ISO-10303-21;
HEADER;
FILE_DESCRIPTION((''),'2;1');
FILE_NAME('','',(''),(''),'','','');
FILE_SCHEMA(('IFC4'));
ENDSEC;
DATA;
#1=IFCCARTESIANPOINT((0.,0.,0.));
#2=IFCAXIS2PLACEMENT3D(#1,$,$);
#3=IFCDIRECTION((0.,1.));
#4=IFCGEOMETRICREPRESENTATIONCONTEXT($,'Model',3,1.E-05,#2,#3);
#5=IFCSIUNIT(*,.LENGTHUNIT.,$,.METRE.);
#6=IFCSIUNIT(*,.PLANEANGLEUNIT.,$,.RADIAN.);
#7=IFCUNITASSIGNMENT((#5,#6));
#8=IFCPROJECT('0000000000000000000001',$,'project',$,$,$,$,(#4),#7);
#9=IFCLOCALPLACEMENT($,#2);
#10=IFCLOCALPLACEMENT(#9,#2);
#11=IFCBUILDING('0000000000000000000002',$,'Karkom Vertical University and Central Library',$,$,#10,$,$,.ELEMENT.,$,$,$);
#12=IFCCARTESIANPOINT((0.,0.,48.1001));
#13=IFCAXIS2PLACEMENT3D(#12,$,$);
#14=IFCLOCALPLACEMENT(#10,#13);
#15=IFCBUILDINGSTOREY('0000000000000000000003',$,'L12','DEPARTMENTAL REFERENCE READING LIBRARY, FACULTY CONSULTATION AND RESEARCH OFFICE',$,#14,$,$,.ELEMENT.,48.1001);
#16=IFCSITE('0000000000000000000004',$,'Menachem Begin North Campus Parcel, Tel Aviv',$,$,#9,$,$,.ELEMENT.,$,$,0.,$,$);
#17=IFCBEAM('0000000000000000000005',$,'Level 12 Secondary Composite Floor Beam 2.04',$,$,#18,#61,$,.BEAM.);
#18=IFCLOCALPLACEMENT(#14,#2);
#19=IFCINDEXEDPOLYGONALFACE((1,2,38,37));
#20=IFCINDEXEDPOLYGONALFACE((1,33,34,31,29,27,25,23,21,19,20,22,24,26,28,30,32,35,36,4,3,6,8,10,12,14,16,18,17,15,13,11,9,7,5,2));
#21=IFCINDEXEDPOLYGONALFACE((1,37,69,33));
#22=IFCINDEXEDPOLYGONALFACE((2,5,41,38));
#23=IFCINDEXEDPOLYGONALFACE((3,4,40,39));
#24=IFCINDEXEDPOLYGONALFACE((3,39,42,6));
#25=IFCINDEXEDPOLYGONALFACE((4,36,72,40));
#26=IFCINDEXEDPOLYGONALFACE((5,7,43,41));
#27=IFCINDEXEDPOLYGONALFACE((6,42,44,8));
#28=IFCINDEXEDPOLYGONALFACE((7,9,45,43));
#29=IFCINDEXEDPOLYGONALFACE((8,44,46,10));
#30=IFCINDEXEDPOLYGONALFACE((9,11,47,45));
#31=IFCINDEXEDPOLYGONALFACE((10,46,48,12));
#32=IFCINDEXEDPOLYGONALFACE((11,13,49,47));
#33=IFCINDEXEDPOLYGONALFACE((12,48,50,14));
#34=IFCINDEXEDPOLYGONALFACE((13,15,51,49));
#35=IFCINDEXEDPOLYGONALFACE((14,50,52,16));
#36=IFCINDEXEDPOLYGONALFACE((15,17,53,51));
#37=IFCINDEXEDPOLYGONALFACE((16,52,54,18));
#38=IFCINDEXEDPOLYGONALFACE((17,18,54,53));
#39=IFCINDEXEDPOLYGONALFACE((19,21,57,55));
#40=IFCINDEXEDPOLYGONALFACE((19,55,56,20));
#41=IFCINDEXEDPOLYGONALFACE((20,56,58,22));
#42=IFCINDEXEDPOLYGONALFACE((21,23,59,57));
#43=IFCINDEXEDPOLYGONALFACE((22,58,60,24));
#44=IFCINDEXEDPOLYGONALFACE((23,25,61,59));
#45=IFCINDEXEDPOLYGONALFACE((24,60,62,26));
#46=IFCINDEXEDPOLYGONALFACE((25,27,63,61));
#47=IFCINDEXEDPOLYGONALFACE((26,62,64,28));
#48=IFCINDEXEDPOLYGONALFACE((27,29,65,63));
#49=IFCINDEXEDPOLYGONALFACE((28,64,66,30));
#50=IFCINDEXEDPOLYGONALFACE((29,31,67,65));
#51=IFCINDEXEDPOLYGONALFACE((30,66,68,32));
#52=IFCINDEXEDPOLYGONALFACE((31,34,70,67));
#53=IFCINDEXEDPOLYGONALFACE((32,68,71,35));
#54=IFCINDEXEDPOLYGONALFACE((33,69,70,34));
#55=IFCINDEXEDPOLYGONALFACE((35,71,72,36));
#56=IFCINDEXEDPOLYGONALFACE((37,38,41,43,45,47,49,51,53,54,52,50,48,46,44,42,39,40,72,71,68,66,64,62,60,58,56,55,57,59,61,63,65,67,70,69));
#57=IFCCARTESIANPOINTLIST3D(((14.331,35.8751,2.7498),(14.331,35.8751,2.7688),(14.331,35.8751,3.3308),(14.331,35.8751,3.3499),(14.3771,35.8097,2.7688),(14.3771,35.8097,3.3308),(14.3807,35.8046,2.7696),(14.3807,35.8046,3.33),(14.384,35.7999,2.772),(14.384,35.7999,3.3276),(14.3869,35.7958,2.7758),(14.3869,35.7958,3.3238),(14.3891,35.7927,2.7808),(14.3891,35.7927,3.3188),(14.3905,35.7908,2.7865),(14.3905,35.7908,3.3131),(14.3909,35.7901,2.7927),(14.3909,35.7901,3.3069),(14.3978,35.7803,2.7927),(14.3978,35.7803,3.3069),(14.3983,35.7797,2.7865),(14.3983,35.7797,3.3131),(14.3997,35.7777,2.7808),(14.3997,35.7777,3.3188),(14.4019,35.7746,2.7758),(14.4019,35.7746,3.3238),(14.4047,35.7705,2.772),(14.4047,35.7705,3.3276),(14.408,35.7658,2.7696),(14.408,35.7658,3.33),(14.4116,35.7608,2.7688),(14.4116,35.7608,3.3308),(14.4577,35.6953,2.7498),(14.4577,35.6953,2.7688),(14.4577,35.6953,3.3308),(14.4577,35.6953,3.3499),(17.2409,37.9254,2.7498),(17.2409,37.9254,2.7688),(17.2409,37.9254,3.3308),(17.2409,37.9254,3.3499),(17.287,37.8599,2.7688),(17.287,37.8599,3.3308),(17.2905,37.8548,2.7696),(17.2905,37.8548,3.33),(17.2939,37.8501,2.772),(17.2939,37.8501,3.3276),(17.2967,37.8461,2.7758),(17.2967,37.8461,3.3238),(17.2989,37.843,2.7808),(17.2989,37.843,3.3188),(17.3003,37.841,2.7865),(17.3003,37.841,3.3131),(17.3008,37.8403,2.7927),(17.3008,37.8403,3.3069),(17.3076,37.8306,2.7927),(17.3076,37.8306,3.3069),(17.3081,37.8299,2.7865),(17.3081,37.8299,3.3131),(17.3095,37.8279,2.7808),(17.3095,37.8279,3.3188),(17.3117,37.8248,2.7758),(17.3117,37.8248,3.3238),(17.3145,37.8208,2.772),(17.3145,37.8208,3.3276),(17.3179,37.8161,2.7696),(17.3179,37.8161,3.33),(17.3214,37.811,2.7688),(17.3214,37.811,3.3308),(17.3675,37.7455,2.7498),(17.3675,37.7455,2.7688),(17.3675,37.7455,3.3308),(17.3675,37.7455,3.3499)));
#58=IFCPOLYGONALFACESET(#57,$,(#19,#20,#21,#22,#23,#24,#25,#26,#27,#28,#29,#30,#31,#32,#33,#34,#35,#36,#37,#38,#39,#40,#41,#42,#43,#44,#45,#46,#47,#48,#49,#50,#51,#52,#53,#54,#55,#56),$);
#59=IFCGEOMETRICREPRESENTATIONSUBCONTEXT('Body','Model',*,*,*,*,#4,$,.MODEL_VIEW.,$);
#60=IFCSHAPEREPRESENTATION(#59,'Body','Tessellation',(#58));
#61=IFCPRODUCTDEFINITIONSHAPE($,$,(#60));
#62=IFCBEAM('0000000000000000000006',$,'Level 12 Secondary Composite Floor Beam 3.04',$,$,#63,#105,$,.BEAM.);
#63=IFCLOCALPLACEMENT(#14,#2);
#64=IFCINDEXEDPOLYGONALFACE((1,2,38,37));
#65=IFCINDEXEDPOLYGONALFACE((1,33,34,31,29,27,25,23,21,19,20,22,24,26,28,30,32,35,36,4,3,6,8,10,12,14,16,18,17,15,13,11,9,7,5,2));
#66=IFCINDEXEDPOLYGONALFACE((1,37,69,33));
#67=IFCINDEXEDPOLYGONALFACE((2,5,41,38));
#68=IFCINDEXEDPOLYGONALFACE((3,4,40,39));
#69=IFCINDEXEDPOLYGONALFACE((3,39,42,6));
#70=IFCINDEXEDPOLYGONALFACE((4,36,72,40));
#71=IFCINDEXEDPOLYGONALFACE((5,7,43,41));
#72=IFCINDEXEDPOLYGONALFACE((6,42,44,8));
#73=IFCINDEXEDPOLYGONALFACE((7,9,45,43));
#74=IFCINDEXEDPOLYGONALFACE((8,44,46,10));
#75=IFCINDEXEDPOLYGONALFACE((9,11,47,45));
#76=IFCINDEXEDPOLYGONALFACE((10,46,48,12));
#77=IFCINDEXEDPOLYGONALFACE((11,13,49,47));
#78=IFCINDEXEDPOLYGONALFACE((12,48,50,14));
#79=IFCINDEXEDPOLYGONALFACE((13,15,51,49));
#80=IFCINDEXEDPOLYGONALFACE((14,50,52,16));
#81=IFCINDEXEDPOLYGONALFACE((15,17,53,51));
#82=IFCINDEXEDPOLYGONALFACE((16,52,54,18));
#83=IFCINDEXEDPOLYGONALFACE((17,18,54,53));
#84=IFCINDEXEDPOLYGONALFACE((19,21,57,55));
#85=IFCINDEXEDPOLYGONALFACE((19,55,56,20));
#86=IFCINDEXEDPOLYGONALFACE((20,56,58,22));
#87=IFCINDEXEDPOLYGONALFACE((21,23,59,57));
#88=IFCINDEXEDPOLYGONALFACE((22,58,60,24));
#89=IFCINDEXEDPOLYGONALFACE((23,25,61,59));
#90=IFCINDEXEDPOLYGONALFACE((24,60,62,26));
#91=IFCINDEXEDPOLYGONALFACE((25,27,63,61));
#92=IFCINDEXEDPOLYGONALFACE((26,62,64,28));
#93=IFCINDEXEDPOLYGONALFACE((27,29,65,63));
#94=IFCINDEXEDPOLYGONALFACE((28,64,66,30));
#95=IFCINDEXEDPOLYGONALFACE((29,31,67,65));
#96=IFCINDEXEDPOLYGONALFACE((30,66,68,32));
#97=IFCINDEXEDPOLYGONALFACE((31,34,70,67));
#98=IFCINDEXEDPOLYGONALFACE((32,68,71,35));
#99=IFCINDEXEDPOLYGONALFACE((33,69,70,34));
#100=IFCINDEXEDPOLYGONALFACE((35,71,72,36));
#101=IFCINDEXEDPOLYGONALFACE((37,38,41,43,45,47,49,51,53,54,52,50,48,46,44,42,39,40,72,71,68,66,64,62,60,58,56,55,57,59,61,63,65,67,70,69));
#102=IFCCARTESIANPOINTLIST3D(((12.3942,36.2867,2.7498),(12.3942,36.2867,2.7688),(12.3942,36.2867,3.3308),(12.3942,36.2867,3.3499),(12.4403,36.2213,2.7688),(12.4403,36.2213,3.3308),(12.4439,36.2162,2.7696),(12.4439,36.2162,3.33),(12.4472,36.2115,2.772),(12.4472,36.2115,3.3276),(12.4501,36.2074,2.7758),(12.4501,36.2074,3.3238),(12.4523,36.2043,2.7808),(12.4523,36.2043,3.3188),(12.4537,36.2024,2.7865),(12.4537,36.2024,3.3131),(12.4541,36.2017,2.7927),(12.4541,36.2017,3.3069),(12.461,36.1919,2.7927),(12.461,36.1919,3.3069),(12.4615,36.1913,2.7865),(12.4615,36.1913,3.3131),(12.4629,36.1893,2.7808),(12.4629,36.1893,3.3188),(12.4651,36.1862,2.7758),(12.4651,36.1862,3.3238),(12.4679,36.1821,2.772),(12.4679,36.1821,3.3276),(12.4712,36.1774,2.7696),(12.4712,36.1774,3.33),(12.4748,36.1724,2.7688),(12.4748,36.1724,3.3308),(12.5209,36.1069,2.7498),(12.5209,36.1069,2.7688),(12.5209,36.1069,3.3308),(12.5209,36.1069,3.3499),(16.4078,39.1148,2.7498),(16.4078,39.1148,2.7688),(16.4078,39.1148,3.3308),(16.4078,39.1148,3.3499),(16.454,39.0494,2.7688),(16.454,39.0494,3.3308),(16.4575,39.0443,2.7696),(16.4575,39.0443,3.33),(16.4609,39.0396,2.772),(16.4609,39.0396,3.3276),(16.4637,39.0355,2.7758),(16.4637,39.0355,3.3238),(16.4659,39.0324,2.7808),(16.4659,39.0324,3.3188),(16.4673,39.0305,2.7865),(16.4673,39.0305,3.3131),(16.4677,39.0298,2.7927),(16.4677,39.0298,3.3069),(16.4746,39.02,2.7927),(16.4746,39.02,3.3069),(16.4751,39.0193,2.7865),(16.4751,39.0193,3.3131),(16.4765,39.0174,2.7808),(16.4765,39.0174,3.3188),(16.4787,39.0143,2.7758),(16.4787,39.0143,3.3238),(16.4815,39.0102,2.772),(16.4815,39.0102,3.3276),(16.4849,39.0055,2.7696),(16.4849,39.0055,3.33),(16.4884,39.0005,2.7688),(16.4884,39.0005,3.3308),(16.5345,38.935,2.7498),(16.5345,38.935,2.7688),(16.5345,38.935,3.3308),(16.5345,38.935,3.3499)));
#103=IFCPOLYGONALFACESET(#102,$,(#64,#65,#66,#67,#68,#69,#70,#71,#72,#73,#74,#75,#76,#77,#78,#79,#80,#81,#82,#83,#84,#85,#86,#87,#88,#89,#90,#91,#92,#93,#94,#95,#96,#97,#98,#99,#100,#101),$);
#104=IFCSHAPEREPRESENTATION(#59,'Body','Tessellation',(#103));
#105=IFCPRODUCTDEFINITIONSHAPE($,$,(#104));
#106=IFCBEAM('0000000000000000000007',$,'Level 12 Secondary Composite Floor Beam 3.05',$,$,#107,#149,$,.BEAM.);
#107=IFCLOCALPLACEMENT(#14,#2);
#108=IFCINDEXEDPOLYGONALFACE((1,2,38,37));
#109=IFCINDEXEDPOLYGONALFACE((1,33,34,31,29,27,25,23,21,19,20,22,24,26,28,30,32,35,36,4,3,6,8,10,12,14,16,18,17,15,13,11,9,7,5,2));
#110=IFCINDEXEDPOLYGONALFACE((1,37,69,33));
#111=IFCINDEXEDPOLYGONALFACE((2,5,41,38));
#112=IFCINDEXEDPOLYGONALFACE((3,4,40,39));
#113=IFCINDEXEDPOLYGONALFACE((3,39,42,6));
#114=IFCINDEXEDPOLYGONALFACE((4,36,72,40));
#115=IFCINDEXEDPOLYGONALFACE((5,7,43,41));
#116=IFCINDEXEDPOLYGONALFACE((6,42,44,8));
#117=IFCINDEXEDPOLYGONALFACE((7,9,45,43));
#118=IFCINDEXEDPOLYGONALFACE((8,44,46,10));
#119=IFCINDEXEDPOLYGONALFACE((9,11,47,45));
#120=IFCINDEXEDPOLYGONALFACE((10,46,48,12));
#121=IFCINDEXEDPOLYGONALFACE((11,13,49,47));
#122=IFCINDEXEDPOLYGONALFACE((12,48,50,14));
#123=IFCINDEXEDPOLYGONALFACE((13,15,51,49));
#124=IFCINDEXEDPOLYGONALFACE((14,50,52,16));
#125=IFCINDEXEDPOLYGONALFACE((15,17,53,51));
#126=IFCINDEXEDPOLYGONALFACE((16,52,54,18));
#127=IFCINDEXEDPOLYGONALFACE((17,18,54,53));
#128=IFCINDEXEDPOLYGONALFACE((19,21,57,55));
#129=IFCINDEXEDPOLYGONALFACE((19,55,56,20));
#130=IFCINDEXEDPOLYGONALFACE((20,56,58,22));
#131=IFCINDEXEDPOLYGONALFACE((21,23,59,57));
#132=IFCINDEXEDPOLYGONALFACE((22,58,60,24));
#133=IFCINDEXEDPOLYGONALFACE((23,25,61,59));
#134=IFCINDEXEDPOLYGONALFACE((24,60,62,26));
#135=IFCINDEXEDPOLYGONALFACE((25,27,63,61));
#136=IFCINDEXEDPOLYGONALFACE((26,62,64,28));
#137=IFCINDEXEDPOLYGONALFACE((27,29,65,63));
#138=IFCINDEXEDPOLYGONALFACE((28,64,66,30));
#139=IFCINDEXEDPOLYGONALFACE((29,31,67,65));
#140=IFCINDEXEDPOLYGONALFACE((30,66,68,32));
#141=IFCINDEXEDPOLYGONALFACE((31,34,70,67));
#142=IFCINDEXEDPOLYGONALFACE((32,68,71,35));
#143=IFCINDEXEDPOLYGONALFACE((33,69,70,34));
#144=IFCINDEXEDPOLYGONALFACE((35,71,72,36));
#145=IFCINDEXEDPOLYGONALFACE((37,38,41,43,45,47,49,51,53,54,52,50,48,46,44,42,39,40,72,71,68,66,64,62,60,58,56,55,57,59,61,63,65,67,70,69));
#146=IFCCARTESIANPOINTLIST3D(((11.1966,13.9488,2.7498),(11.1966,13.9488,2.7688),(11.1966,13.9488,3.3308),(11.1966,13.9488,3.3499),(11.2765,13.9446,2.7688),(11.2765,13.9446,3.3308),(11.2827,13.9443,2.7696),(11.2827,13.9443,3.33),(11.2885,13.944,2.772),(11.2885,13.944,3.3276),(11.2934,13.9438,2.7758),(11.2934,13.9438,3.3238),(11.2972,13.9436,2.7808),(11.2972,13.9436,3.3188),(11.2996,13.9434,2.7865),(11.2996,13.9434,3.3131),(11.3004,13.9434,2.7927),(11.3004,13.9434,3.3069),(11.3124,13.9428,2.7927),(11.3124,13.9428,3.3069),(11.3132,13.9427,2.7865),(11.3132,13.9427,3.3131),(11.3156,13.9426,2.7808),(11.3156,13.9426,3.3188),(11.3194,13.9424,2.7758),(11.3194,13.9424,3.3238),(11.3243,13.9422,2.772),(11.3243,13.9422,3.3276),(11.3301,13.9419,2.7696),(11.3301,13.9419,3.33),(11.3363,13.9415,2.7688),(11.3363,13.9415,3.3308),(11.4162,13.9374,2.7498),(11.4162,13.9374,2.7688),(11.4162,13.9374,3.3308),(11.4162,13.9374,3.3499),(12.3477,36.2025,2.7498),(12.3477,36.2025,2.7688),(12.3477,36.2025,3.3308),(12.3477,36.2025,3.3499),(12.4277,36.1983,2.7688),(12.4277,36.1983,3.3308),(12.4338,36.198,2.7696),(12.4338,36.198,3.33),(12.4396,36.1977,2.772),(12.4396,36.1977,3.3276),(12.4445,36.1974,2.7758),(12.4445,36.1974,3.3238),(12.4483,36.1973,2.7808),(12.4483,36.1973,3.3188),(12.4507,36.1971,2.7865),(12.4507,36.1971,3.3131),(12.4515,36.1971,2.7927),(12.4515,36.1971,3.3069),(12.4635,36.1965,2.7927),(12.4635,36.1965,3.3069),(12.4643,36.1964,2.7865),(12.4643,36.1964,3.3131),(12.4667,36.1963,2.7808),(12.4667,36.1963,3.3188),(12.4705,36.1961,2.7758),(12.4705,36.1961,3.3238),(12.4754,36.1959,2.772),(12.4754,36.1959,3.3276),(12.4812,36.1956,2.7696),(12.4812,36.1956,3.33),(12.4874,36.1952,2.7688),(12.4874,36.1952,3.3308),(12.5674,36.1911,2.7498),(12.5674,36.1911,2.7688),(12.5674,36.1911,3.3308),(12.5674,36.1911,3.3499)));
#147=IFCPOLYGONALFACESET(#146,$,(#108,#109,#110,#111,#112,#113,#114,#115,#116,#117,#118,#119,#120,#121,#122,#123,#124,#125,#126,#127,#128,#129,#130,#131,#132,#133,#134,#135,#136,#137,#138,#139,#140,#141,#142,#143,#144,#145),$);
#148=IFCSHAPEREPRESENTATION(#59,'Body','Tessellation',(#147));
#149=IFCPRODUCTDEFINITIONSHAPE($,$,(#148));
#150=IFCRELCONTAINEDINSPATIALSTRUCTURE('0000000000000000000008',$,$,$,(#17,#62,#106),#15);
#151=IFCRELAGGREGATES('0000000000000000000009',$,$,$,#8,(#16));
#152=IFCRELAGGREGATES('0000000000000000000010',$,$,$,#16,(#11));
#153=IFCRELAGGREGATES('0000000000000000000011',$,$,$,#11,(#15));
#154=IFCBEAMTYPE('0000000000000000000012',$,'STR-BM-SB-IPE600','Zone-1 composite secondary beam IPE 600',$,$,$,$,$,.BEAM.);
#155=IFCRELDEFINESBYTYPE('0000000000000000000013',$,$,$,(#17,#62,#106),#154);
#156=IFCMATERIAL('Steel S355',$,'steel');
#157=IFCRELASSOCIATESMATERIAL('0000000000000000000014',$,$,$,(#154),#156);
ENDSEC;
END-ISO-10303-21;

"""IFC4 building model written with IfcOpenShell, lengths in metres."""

from ifc_helpers import new_model, si_unit, direction, frame, origin, origin_with_axes, origin_2d, place, context, subcontext, project, spatial, i_section, extrude, source, transform, mapped, material, material_profile, profile_set, type_object, element, save


model = new_model("IFC4")

# Units and contexts
model_context = context("Model", 3, precision=1e-05, world=origin(), true_north=direction((0.0, 1.0)))
body_context = subcontext(model_context, "Body", "Model", "MODEL_VIEW")
ifc_project = project(units=[si_unit("LENGTHUNIT", "METRE"), si_unit("PLANEANGLEUNIT", "RADIAN")], contexts=[model_context])

# Site, building, storey
site_placement = place(None, origin())
site = spatial("IfcSite", under=ifc_project, at=site_placement, Name="Menachem Begin North Campus Parcel, Tel Aviv", CompositionType="ELEMENT", RefElevation=0.0)
building_placement = place(site_placement, origin())
building = spatial("IfcBuilding", under=site, at=building_placement, Name="Karkom Vertical University and Central Library", CompositionType="ELEMENT")
storey_placement = place(building_placement, frame((0.0, 0.0, 48.1001)))
storey = spatial("IfcBuildingStorey", under=building, at=storey_placement, Name="L12", Description="DEPARTMENTAL REFERENCE READING LIBRARY, FACULTY CONSULTATION AND RESEARCH OFFICE", CompositionType="ELEMENT", Elevation=48.1001)

# Beams
ifc_material_1 = material(Name="Steel S355", Category="steel")
ifc_material_profile_1 = material_profile(ifc_material_1, i_section(OverallWidth=0.22, OverallDepth=0.6001, WebThickness=0.012, FlangeThickness=0.019, FilletRadius=0.0239, at=origin_2d()), Name="IPE 600")
ifc_profile_set_1 = profile_set([ifc_material_profile_1], Name="Steel S355")
beam_type_1 = type_object("IfcBeamType", Name="STR-BM-SB-IPE600", Description="Zone-1 composite secondary beam IPE 600", PredefinedType="BEAM", material=ifc_profile_set_1)
shared_shape_1 = source(origin_with_axes(), body_context, "Body", "SweptSolid", [
    extrude(i_section(OverallWidth=0.22, OverallDepth=0.6001, WebThickness=0.012, FlangeThickness=0.019, FilletRadius=0.0239, at=origin_2d()), origin(), (0.0, 0.0, 1.0), 3.5596),
])
beam_1_placement = place(storey_placement, frame((17.3042, 37.8354, 3.0498), z_axis=(-0.817466, -0.575977, 0.0), x_axis=(0.575977, -0.817466, 0.0)))
element("IfcBeam", 1, at=beam_1_placement, inside=storey, type_object=beam_type_1, Name="Level 12 Secondary Composite Floor Beam 2.04", PredefinedType="BEAM", context=body_context, shape_type="MappedRepresentation", body=[
    mapped(shared_shape_1, transform((0.0, 0.0, 0.0), scale=1.0)),
])
shared_shape_2 = source(origin_with_axes(), body_context, "Body", "SweptSolid", [
    extrude(i_section(OverallWidth=0.22, OverallDepth=0.6001, WebThickness=0.012, FlangeThickness=0.019, FilletRadius=0.0239, at=origin_2d()), origin(), (0.0, 0.0, 1.0), 4.9099),
])
beam_2_placement = place(storey_placement, frame((16.4712, 39.0249, 3.0498), z_axis=(-0.817453, -0.575996, 0.0), x_axis=(0.575996, -0.817453, 0.0)))
element("IfcBeam", 2, at=beam_2_placement, inside=storey, type_object=beam_type_1, Name="Level 12 Secondary Composite Floor Beam 3.04", PredefinedType="BEAM", context=body_context, shape_type="MappedRepresentation", body=[
    mapped(shared_shape_2, transform((0.0, 0.0, 0.0), scale=1.0)),
])
shared_shape_3 = source(origin_with_axes(), body_context, "Body", "SweptSolid", [
    extrude(i_section(OverallWidth=0.22, OverallDepth=0.6001, WebThickness=0.012, FlangeThickness=0.019, FilletRadius=0.0239, at=origin_2d()), origin(), (0.0, 0.0, 1.0), 22.2834),
])
beam_3_placement = place(storey_placement, frame((12.4575, 36.1968, 3.0498), z_axis=(-0.051658, -0.998665, 0.0), x_axis=(0.998665, -0.051658, 0.0)))
element("IfcBeam", 3, at=beam_3_placement, inside=storey, type_object=beam_type_1, Name="Level 12 Secondary Composite Floor Beam 3.05", PredefinedType="BEAM", context=body_context, shape_type="MappedRepresentation", body=[
    mapped(shared_shape_3, transform((0.0, 0.0, 0.0), scale=1.0)),
])

save(model, "model.ifc")
